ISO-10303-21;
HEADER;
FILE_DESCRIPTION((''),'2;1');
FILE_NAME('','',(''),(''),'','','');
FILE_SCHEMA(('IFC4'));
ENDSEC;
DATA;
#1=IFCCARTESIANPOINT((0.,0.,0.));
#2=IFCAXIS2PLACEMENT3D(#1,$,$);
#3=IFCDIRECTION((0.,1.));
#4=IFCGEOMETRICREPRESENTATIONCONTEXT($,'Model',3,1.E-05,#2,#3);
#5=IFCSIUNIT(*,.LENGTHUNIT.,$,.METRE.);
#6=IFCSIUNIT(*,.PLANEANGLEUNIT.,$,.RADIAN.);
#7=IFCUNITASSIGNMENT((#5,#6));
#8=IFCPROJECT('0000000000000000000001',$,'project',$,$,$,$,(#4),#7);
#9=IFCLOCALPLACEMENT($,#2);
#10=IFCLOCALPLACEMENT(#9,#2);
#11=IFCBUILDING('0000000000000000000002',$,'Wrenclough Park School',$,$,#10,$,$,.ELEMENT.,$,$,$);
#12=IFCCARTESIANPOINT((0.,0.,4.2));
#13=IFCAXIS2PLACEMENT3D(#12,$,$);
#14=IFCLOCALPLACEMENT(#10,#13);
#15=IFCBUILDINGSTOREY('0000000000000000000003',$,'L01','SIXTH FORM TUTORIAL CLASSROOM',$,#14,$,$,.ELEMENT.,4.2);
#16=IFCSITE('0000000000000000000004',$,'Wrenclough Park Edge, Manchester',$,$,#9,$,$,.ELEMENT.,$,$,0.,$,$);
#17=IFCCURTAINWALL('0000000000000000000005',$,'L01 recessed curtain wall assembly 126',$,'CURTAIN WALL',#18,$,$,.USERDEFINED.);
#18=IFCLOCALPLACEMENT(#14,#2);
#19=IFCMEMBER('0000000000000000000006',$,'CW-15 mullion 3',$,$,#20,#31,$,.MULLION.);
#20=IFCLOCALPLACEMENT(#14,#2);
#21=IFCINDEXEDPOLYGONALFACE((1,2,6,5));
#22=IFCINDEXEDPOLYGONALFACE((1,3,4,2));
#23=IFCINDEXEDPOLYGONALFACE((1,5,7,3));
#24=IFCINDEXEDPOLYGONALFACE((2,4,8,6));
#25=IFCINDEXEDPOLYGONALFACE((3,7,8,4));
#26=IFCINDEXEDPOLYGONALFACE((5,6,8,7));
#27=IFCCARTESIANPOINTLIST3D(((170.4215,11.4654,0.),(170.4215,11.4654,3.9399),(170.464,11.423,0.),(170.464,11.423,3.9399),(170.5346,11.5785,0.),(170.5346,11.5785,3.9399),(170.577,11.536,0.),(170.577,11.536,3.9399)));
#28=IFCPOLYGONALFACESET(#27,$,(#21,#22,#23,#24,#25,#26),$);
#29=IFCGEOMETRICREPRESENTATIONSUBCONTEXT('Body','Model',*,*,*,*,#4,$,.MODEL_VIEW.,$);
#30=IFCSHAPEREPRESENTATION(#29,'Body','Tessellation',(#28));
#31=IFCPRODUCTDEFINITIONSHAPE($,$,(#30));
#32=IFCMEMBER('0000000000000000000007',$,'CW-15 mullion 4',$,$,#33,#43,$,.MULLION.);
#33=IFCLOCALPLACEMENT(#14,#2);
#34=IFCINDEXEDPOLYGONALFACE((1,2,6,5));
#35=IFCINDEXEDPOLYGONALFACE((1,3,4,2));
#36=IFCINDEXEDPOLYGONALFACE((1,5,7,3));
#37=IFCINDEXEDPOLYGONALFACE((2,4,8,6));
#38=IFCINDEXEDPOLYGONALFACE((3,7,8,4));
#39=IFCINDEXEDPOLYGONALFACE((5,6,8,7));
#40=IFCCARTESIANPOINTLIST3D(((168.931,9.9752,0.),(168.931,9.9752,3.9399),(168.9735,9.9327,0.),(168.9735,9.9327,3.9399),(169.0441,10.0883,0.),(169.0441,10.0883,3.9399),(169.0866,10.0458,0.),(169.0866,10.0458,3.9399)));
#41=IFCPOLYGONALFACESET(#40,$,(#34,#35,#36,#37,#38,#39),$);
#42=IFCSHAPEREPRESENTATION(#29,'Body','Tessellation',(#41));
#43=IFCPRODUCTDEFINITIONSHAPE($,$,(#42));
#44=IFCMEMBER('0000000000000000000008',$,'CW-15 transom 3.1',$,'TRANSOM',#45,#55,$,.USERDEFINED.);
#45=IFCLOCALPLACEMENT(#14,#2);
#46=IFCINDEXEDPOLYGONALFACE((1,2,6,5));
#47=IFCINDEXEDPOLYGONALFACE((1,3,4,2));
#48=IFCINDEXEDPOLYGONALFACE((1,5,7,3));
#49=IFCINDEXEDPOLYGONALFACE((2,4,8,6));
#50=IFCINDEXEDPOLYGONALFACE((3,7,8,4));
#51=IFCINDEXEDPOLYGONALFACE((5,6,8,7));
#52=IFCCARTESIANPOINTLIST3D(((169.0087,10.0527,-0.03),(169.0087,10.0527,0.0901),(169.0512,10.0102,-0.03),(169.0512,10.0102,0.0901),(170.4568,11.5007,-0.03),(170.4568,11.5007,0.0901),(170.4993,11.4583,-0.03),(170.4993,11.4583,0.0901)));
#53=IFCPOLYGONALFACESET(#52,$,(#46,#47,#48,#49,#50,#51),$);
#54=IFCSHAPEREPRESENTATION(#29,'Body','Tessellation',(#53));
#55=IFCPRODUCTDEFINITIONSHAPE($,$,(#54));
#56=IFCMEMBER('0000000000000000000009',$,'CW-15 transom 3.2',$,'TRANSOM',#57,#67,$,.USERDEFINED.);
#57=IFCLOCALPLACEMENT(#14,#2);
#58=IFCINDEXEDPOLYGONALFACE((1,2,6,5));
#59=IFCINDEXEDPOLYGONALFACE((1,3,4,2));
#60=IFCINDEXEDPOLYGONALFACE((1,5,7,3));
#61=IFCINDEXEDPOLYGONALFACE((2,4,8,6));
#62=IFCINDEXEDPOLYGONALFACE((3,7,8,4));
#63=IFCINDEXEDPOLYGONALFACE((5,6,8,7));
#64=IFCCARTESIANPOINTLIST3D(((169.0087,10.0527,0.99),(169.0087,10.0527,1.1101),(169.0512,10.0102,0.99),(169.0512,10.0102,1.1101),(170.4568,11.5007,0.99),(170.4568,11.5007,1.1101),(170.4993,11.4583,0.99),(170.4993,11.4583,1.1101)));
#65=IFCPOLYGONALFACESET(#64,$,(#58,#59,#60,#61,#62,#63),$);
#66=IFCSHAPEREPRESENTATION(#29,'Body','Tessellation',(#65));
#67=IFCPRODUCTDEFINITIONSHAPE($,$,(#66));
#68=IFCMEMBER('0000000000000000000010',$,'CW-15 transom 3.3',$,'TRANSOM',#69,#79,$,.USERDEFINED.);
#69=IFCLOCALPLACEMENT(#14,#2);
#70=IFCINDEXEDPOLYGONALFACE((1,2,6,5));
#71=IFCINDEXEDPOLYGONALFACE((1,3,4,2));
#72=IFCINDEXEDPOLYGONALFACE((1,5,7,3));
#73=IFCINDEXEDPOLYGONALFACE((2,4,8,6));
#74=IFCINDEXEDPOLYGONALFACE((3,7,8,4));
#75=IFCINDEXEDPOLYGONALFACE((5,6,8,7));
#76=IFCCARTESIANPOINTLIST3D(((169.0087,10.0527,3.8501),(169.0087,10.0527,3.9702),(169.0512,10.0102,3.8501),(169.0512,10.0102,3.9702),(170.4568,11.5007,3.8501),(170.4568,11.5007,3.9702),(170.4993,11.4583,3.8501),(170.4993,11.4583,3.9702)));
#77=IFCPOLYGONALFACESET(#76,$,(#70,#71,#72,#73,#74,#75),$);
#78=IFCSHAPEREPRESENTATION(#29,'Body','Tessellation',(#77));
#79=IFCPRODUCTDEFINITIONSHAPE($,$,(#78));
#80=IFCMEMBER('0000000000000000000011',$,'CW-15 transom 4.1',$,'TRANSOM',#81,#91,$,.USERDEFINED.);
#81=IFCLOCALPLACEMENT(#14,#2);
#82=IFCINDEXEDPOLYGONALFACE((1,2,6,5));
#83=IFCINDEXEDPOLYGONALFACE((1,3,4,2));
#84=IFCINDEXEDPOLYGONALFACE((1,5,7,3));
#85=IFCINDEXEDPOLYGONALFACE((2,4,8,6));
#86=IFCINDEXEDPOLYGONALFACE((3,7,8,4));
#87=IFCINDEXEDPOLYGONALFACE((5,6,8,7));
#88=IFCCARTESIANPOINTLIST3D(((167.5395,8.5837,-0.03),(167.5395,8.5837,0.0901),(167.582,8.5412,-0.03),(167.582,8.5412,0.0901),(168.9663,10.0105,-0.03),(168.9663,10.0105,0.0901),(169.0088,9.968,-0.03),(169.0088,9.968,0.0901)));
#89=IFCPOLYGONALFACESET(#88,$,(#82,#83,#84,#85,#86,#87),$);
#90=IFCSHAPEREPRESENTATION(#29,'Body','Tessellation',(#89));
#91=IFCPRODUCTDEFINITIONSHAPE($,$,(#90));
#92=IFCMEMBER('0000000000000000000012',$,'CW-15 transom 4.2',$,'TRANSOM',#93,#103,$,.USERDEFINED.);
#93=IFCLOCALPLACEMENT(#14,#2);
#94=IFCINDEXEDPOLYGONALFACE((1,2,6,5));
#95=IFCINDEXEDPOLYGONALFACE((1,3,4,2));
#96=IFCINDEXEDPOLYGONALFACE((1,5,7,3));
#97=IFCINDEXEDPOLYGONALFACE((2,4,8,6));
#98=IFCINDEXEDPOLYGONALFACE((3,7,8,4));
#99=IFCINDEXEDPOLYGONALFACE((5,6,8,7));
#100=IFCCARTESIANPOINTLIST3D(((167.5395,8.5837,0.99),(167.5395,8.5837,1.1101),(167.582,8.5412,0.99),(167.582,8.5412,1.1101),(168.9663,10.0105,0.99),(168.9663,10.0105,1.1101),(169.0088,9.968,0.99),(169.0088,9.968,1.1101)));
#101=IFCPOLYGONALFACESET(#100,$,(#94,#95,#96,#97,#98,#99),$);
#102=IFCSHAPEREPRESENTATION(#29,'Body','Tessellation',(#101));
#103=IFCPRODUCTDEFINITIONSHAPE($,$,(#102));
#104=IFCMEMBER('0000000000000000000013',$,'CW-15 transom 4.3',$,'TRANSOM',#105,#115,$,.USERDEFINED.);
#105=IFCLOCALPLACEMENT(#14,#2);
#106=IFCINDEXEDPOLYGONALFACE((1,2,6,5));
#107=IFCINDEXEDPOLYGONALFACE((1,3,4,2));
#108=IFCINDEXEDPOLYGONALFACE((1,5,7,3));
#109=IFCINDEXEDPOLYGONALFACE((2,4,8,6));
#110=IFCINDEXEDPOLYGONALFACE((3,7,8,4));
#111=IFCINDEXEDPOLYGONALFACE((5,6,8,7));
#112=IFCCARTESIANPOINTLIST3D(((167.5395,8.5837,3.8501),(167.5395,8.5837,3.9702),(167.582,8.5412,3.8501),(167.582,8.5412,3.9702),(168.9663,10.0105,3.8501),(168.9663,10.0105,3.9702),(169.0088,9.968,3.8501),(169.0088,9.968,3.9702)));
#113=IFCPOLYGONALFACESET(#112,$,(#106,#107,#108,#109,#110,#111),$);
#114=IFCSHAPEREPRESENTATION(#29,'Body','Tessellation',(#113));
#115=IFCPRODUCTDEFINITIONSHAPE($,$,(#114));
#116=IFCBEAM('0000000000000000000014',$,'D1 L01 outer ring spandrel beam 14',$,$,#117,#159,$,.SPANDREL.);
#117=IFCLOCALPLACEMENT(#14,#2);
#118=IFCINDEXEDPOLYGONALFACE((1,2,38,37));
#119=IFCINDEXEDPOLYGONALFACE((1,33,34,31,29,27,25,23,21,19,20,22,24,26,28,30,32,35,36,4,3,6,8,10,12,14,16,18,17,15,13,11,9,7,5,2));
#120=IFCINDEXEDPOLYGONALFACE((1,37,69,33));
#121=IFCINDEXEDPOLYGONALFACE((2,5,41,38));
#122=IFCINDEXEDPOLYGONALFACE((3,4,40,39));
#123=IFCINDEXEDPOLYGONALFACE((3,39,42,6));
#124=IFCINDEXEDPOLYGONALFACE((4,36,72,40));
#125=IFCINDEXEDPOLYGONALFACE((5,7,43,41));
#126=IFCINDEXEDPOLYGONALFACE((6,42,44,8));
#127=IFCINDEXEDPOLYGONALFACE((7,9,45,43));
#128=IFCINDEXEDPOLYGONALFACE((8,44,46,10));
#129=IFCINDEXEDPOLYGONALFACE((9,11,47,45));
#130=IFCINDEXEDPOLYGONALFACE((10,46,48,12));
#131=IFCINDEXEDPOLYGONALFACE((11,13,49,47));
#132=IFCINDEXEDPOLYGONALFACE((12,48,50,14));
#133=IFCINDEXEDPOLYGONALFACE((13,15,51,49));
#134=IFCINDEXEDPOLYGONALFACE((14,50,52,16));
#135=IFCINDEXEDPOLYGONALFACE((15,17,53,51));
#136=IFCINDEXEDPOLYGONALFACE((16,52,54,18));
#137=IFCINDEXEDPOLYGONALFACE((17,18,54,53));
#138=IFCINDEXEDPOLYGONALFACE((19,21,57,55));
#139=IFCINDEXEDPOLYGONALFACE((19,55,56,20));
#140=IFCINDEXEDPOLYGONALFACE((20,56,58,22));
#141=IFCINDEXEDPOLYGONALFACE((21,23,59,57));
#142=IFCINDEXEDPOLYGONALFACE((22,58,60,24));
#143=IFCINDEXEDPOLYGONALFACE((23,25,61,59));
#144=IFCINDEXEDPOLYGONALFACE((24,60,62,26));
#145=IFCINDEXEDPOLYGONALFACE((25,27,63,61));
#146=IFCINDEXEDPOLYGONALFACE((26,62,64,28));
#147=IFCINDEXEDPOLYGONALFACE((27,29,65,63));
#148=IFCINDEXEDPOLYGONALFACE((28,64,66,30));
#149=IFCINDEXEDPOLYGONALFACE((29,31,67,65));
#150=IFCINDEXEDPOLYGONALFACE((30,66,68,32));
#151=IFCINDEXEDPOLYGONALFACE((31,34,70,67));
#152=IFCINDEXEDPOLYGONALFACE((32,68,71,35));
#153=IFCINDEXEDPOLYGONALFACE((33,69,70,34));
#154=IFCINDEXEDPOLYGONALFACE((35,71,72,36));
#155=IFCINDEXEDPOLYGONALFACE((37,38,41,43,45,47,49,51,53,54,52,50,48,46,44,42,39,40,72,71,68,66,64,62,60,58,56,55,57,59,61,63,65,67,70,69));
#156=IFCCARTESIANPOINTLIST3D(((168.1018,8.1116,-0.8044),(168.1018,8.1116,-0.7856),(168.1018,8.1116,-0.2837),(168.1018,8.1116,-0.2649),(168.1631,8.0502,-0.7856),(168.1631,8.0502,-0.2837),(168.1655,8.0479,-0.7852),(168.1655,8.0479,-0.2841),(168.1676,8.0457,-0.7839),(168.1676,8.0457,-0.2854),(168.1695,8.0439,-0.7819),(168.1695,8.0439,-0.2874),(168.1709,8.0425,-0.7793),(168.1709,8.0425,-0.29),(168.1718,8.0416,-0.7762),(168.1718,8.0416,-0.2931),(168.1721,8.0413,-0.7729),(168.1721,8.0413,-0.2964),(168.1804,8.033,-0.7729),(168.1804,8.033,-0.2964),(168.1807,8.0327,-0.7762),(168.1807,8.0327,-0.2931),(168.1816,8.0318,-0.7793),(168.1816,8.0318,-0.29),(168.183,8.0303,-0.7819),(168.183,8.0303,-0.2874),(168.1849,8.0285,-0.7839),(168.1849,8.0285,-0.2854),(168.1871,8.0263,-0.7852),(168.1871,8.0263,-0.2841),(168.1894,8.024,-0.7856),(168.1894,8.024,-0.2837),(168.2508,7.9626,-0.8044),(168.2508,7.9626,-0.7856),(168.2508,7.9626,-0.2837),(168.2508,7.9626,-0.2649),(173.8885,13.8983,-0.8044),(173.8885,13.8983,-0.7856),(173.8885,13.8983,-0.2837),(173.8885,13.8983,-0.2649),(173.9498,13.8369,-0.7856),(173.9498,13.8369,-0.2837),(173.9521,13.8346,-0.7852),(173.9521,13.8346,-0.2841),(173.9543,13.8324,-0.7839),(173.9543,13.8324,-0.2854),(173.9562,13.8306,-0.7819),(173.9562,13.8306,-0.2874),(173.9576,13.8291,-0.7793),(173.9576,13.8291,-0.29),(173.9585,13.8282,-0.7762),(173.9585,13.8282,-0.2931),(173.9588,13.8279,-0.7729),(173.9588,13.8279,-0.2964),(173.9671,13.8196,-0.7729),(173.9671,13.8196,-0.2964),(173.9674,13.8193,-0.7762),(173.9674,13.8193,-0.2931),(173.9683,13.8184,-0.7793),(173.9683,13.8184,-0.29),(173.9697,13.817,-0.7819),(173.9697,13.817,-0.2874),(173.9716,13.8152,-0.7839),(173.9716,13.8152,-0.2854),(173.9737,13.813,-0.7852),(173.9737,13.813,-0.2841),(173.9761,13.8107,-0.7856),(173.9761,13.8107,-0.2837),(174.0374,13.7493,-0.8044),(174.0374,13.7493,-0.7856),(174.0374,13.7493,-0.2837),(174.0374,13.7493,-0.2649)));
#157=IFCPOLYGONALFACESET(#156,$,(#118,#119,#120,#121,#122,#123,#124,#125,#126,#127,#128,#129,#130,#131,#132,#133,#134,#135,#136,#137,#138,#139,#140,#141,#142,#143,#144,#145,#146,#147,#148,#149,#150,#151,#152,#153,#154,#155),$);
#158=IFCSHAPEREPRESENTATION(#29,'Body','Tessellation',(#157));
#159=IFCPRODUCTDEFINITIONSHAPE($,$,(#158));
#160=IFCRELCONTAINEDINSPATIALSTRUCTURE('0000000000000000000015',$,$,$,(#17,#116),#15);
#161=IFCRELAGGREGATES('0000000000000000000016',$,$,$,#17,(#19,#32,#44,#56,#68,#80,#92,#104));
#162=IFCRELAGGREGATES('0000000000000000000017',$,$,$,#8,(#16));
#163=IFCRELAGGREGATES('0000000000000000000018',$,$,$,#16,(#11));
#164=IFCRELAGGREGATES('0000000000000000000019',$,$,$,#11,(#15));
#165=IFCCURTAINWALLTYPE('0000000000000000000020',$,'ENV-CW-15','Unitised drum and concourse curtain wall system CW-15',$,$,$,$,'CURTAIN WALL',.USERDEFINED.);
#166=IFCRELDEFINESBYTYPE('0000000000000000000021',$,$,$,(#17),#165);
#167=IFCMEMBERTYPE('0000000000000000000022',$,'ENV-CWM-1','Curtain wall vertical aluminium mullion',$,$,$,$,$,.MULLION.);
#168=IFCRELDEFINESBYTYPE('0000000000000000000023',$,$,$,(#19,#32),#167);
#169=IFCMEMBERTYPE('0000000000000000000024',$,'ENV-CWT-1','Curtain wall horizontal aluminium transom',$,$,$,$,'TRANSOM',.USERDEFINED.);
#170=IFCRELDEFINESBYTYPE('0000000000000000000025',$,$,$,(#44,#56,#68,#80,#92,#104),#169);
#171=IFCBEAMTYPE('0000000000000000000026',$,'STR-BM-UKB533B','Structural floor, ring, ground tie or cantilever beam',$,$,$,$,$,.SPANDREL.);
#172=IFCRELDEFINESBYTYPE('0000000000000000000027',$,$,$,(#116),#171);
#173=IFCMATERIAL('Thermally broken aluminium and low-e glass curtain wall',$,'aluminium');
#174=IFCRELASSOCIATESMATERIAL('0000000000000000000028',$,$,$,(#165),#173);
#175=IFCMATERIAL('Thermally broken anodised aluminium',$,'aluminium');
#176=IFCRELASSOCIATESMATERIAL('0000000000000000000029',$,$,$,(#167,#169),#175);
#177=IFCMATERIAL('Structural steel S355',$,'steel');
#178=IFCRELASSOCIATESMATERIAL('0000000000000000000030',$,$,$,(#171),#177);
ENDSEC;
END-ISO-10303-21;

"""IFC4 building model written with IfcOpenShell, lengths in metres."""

from ifc_helpers import new_model, si_unit, direction, frame, origin, origin_2d, place, context, subcontext, project, spatial, rectangle, i_section, extrude, material, material_profile, profile_set, type_object, element, aggregate, save


model = new_model("IFC4")

# Units and contexts
model_context = context("Model", 3, precision=1e-05, world=origin(), true_north=direction((0.0, 1.0)))
body_context = subcontext(model_context, "Body", "Model", "MODEL_VIEW")
ifc_project = project(units=[si_unit("LENGTHUNIT", "METRE"), si_unit("PLANEANGLEUNIT", "RADIAN")], contexts=[model_context])

# Site, building, storey
site_placement = place(None, origin())
site = spatial("IfcSite", under=ifc_project, at=site_placement, Name="Wrenclough Park Edge, Manchester", CompositionType="ELEMENT", RefElevation=0.0)
building_placement = place(site_placement, origin())
building = spatial("IfcBuilding", under=site, at=building_placement, Name="Wrenclough Park School", CompositionType="ELEMENT")
storey_placement = place(building_placement, frame((0.0, 0.0, 4.2)))
storey = spatial("IfcBuildingStorey", under=building, at=storey_placement, Name="L01", Description="SIXTH FORM TUTORIAL CLASSROOM", CompositionType="ELEMENT", Elevation=4.2)

# Curtain wall, members
ifc_material_1 = material(Name="Thermally broken aluminium and low-e glass curtain wall", Category="aluminium")
curtain_wall_type = type_object("IfcCurtainWallType", Name="ENV-CW-15", Description="Unitised drum and concourse curtain wall system CW-15", ElementType="CURTAIN WALL", PredefinedType="USERDEFINED", material=ifc_material_1)
curtain_wall_placement = place(storey_placement, origin())
curtain_wall = element("IfcCurtainWall", 1, at=curtain_wall_placement, inside=storey, type_object=curtain_wall_type, Name="L01 recessed curtain wall assembly 126", ObjectType="CURTAIN WALL", PredefinedType="USERDEFINED")
ifc_material_2 = material(Name="Thermally broken anodised aluminium", Category="aluminium")
ifc_material_profile_1 = material_profile(ifc_material_2, rectangle(XDim=0.0601, YDim=0.1599, at=origin_2d()), Name="AL MULLION 60x160")
ifc_profile_set_1 = profile_set([ifc_material_profile_1], Name="Thermally broken anodised aluminium")
member_type_1 = type_object("IfcMemberType", Name="ENV-CWM-1", Description="Curtain wall vertical aluminium mullion", PredefinedType="MULLION", material=ifc_profile_set_1)
member_1_placement = place(storey_placement, frame((170.4993, 11.5007, 0.0), z_axis=(0.0, 0.0, 1.0), x_axis=(0.707107, -0.707107, 0.0)))
member_1 = element("IfcMember", 2, at=member_1_placement, type_object=member_type_1, Name="CW-15 mullion 3", PredefinedType="MULLION", context=body_context, shape_type="SweptSolid", body=[
    extrude(rectangle(XDim=0.0601, YDim=0.1599, at=origin_2d()), origin(), (0.0, 0.0, 1.0), 3.9399),
])
member_2_placement = place(storey_placement, frame((169.0088, 10.0105, 0.0), z_axis=(0.0, 0.0, 1.0), x_axis=(0.707107, -0.707107, 0.0)))
member_2 = element("IfcMember", 3, at=member_2_placement, type_object=member_type_1, Name="CW-15 mullion 4", PredefinedType="MULLION", context=body_context, shape_type="SweptSolid", body=[
    extrude(rectangle(XDim=0.0601, YDim=0.1599, at=origin_2d()), origin(), (0.0, 0.0, 1.0), 3.9399),
])
ifc_material_profile_2 = material_profile(ifc_material_2, rectangle(XDim=0.0601, YDim=0.1201, at=origin_2d()), Name="AL TRANSOM 60x120")
ifc_profile_set_2 = profile_set([ifc_material_profile_2], Name="Thermally broken anodised aluminium")
member_type_2 = type_object("IfcMemberType", Name="ENV-CWT-1", Description="Curtain wall horizontal aluminium transom", ElementType="TRANSOM", PredefinedType="USERDEFINED", material=ifc_profile_set_2)
member_3_placement = place(storey_placement, frame((170.478, 11.4795, 0.03), z_axis=(-0.707107, -0.707107, 0.0), x_axis=(0.707107, -0.707107, 0.0)))
member_3 = element("IfcMember", 4, at=member_3_placement, type_object=member_type_2, Name="CW-15 transom 3.1", ObjectType="TRANSOM", PredefinedType="USERDEFINED", context=body_context, shape_type="SweptSolid", body=[
    extrude(rectangle(XDim=0.0601, YDim=0.1201, at=origin_2d()), origin(), (0.0, 0.0, 1.0), 2.0479),
])
member_4_placement = place(storey_placement, frame((170.478, 11.4795, 1.05), z_axis=(-0.707107, -0.707107, 0.0), x_axis=(0.707107, -0.707107, 0.0)))
member_4 = element("IfcMember", 5, at=member_4_placement, type_object=member_type_2, Name="CW-15 transom 3.2", ObjectType="TRANSOM", PredefinedType="USERDEFINED", context=body_context, shape_type="SweptSolid", body=[
    extrude(rectangle(XDim=0.0601, YDim=0.1201, at=origin_2d()), origin(), (0.0, 0.0, 1.0), 2.0479),
])
member_5_placement = place(storey_placement, frame((170.478, 11.4795, 3.9102), z_axis=(-0.707107, -0.707107, 0.0), x_axis=(0.707107, -0.707107, 0.0)))
member_5 = element("IfcMember", 6, at=member_5_placement, type_object=member_type_2, Name="CW-15 transom 3.3", ObjectType="TRANSOM", PredefinedType="USERDEFINED", context=body_context, shape_type="SweptSolid", body=[
    extrude(rectangle(XDim=0.0601, YDim=0.1201, at=origin_2d()), origin(), (0.0, 0.0, 1.0), 2.0479),
])
member_6_placement = place(storey_placement, frame((168.9875, 9.9893, 0.03), z_axis=(-0.707107, -0.707107, 0.0), x_axis=(0.707107, -0.707107, 0.0)))
member_6 = element("IfcMember", 7, at=member_6_placement, type_object=member_type_2, Name="CW-15 transom 4.1", ObjectType="TRANSOM", PredefinedType="USERDEFINED", context=body_context, shape_type="SweptSolid", body=[
    extrude(rectangle(XDim=0.0601, YDim=0.1201, at=origin_2d()), origin(), (0.0, 0.0, 1.0), 2.0178),
])
member_7_placement = place(storey_placement, frame((168.9875, 9.9893, 1.05), z_axis=(-0.707107, -0.707107, 0.0), x_axis=(0.707107, -0.707107, 0.0)))
member_7 = element("IfcMember", 8, at=member_7_placement, type_object=member_type_2, Name="CW-15 transom 4.2", ObjectType="TRANSOM", PredefinedType="USERDEFINED", context=body_context, shape_type="SweptSolid", body=[
    extrude(rectangle(XDim=0.0601, YDim=0.1201, at=origin_2d()), origin(), (0.0, 0.0, 1.0), 2.0178),
])
member_8_placement = place(storey_placement, frame((168.9875, 9.9893, 3.9102), z_axis=(-0.707107, -0.707107, 0.0), x_axis=(0.707107, -0.707107, 0.0)))
member_8 = element("IfcMember", 9, at=member_8_placement, type_object=member_type_2, Name="CW-15 transom 4.3", ObjectType="TRANSOM", PredefinedType="USERDEFINED", context=body_context, shape_type="SweptSolid", body=[
    extrude(rectangle(XDim=0.0601, YDim=0.1201, at=origin_2d()), origin(), (0.0, 0.0, 1.0), 2.0178),
])

# Beam
ifc_material_3 = material(Name="Structural steel S355", Category="steel")
ifc_material_profile_3 = material_profile(ifc_material_3, i_section(OverallWidth=0.2107, OverallDepth=0.5396, WebThickness=0.0117, FlangeThickness=0.0188, FilletRadius=0.0127, at=origin_2d()), Name="UKB 533x210x109")
ifc_profile_set_3 = profile_set([ifc_material_profile_3], Name="Structural steel S355")
beam_type_1 = type_object("IfcBeamType", Name="STR-BM-UKB533B", Description="Structural floor, ring, ground tie or cantilever beam", PredefinedType="SPANDREL", material=ifc_profile_set_3)
beam_1_placement = place(storey_placement, frame((168.1763, 8.0371, -0.5347), z_axis=(0.707107, 0.707107, 0.0), x_axis=(-0.707107, 0.707107, 0.0)))
element("IfcBeam", 10, at=beam_1_placement, inside=storey, type_object=beam_type_1, Name="D1 L01 outer ring spandrel beam 14", PredefinedType="SPANDREL", context=body_context, shape_type="SweptSolid", body=[
    extrude(i_section(OverallWidth=0.2107, OverallDepth=0.5396, WebThickness=0.0117, FlangeThickness=0.0188, FilletRadius=0.0127, at=origin_2d()), origin(), (0.0, 0.0, 1.0), 8.1836),
])

aggregate(curtain_wall, [member_1, member_2, member_3, member_4, member_5, member_6, member_7, member_8])

save(model, "model.ifc")
